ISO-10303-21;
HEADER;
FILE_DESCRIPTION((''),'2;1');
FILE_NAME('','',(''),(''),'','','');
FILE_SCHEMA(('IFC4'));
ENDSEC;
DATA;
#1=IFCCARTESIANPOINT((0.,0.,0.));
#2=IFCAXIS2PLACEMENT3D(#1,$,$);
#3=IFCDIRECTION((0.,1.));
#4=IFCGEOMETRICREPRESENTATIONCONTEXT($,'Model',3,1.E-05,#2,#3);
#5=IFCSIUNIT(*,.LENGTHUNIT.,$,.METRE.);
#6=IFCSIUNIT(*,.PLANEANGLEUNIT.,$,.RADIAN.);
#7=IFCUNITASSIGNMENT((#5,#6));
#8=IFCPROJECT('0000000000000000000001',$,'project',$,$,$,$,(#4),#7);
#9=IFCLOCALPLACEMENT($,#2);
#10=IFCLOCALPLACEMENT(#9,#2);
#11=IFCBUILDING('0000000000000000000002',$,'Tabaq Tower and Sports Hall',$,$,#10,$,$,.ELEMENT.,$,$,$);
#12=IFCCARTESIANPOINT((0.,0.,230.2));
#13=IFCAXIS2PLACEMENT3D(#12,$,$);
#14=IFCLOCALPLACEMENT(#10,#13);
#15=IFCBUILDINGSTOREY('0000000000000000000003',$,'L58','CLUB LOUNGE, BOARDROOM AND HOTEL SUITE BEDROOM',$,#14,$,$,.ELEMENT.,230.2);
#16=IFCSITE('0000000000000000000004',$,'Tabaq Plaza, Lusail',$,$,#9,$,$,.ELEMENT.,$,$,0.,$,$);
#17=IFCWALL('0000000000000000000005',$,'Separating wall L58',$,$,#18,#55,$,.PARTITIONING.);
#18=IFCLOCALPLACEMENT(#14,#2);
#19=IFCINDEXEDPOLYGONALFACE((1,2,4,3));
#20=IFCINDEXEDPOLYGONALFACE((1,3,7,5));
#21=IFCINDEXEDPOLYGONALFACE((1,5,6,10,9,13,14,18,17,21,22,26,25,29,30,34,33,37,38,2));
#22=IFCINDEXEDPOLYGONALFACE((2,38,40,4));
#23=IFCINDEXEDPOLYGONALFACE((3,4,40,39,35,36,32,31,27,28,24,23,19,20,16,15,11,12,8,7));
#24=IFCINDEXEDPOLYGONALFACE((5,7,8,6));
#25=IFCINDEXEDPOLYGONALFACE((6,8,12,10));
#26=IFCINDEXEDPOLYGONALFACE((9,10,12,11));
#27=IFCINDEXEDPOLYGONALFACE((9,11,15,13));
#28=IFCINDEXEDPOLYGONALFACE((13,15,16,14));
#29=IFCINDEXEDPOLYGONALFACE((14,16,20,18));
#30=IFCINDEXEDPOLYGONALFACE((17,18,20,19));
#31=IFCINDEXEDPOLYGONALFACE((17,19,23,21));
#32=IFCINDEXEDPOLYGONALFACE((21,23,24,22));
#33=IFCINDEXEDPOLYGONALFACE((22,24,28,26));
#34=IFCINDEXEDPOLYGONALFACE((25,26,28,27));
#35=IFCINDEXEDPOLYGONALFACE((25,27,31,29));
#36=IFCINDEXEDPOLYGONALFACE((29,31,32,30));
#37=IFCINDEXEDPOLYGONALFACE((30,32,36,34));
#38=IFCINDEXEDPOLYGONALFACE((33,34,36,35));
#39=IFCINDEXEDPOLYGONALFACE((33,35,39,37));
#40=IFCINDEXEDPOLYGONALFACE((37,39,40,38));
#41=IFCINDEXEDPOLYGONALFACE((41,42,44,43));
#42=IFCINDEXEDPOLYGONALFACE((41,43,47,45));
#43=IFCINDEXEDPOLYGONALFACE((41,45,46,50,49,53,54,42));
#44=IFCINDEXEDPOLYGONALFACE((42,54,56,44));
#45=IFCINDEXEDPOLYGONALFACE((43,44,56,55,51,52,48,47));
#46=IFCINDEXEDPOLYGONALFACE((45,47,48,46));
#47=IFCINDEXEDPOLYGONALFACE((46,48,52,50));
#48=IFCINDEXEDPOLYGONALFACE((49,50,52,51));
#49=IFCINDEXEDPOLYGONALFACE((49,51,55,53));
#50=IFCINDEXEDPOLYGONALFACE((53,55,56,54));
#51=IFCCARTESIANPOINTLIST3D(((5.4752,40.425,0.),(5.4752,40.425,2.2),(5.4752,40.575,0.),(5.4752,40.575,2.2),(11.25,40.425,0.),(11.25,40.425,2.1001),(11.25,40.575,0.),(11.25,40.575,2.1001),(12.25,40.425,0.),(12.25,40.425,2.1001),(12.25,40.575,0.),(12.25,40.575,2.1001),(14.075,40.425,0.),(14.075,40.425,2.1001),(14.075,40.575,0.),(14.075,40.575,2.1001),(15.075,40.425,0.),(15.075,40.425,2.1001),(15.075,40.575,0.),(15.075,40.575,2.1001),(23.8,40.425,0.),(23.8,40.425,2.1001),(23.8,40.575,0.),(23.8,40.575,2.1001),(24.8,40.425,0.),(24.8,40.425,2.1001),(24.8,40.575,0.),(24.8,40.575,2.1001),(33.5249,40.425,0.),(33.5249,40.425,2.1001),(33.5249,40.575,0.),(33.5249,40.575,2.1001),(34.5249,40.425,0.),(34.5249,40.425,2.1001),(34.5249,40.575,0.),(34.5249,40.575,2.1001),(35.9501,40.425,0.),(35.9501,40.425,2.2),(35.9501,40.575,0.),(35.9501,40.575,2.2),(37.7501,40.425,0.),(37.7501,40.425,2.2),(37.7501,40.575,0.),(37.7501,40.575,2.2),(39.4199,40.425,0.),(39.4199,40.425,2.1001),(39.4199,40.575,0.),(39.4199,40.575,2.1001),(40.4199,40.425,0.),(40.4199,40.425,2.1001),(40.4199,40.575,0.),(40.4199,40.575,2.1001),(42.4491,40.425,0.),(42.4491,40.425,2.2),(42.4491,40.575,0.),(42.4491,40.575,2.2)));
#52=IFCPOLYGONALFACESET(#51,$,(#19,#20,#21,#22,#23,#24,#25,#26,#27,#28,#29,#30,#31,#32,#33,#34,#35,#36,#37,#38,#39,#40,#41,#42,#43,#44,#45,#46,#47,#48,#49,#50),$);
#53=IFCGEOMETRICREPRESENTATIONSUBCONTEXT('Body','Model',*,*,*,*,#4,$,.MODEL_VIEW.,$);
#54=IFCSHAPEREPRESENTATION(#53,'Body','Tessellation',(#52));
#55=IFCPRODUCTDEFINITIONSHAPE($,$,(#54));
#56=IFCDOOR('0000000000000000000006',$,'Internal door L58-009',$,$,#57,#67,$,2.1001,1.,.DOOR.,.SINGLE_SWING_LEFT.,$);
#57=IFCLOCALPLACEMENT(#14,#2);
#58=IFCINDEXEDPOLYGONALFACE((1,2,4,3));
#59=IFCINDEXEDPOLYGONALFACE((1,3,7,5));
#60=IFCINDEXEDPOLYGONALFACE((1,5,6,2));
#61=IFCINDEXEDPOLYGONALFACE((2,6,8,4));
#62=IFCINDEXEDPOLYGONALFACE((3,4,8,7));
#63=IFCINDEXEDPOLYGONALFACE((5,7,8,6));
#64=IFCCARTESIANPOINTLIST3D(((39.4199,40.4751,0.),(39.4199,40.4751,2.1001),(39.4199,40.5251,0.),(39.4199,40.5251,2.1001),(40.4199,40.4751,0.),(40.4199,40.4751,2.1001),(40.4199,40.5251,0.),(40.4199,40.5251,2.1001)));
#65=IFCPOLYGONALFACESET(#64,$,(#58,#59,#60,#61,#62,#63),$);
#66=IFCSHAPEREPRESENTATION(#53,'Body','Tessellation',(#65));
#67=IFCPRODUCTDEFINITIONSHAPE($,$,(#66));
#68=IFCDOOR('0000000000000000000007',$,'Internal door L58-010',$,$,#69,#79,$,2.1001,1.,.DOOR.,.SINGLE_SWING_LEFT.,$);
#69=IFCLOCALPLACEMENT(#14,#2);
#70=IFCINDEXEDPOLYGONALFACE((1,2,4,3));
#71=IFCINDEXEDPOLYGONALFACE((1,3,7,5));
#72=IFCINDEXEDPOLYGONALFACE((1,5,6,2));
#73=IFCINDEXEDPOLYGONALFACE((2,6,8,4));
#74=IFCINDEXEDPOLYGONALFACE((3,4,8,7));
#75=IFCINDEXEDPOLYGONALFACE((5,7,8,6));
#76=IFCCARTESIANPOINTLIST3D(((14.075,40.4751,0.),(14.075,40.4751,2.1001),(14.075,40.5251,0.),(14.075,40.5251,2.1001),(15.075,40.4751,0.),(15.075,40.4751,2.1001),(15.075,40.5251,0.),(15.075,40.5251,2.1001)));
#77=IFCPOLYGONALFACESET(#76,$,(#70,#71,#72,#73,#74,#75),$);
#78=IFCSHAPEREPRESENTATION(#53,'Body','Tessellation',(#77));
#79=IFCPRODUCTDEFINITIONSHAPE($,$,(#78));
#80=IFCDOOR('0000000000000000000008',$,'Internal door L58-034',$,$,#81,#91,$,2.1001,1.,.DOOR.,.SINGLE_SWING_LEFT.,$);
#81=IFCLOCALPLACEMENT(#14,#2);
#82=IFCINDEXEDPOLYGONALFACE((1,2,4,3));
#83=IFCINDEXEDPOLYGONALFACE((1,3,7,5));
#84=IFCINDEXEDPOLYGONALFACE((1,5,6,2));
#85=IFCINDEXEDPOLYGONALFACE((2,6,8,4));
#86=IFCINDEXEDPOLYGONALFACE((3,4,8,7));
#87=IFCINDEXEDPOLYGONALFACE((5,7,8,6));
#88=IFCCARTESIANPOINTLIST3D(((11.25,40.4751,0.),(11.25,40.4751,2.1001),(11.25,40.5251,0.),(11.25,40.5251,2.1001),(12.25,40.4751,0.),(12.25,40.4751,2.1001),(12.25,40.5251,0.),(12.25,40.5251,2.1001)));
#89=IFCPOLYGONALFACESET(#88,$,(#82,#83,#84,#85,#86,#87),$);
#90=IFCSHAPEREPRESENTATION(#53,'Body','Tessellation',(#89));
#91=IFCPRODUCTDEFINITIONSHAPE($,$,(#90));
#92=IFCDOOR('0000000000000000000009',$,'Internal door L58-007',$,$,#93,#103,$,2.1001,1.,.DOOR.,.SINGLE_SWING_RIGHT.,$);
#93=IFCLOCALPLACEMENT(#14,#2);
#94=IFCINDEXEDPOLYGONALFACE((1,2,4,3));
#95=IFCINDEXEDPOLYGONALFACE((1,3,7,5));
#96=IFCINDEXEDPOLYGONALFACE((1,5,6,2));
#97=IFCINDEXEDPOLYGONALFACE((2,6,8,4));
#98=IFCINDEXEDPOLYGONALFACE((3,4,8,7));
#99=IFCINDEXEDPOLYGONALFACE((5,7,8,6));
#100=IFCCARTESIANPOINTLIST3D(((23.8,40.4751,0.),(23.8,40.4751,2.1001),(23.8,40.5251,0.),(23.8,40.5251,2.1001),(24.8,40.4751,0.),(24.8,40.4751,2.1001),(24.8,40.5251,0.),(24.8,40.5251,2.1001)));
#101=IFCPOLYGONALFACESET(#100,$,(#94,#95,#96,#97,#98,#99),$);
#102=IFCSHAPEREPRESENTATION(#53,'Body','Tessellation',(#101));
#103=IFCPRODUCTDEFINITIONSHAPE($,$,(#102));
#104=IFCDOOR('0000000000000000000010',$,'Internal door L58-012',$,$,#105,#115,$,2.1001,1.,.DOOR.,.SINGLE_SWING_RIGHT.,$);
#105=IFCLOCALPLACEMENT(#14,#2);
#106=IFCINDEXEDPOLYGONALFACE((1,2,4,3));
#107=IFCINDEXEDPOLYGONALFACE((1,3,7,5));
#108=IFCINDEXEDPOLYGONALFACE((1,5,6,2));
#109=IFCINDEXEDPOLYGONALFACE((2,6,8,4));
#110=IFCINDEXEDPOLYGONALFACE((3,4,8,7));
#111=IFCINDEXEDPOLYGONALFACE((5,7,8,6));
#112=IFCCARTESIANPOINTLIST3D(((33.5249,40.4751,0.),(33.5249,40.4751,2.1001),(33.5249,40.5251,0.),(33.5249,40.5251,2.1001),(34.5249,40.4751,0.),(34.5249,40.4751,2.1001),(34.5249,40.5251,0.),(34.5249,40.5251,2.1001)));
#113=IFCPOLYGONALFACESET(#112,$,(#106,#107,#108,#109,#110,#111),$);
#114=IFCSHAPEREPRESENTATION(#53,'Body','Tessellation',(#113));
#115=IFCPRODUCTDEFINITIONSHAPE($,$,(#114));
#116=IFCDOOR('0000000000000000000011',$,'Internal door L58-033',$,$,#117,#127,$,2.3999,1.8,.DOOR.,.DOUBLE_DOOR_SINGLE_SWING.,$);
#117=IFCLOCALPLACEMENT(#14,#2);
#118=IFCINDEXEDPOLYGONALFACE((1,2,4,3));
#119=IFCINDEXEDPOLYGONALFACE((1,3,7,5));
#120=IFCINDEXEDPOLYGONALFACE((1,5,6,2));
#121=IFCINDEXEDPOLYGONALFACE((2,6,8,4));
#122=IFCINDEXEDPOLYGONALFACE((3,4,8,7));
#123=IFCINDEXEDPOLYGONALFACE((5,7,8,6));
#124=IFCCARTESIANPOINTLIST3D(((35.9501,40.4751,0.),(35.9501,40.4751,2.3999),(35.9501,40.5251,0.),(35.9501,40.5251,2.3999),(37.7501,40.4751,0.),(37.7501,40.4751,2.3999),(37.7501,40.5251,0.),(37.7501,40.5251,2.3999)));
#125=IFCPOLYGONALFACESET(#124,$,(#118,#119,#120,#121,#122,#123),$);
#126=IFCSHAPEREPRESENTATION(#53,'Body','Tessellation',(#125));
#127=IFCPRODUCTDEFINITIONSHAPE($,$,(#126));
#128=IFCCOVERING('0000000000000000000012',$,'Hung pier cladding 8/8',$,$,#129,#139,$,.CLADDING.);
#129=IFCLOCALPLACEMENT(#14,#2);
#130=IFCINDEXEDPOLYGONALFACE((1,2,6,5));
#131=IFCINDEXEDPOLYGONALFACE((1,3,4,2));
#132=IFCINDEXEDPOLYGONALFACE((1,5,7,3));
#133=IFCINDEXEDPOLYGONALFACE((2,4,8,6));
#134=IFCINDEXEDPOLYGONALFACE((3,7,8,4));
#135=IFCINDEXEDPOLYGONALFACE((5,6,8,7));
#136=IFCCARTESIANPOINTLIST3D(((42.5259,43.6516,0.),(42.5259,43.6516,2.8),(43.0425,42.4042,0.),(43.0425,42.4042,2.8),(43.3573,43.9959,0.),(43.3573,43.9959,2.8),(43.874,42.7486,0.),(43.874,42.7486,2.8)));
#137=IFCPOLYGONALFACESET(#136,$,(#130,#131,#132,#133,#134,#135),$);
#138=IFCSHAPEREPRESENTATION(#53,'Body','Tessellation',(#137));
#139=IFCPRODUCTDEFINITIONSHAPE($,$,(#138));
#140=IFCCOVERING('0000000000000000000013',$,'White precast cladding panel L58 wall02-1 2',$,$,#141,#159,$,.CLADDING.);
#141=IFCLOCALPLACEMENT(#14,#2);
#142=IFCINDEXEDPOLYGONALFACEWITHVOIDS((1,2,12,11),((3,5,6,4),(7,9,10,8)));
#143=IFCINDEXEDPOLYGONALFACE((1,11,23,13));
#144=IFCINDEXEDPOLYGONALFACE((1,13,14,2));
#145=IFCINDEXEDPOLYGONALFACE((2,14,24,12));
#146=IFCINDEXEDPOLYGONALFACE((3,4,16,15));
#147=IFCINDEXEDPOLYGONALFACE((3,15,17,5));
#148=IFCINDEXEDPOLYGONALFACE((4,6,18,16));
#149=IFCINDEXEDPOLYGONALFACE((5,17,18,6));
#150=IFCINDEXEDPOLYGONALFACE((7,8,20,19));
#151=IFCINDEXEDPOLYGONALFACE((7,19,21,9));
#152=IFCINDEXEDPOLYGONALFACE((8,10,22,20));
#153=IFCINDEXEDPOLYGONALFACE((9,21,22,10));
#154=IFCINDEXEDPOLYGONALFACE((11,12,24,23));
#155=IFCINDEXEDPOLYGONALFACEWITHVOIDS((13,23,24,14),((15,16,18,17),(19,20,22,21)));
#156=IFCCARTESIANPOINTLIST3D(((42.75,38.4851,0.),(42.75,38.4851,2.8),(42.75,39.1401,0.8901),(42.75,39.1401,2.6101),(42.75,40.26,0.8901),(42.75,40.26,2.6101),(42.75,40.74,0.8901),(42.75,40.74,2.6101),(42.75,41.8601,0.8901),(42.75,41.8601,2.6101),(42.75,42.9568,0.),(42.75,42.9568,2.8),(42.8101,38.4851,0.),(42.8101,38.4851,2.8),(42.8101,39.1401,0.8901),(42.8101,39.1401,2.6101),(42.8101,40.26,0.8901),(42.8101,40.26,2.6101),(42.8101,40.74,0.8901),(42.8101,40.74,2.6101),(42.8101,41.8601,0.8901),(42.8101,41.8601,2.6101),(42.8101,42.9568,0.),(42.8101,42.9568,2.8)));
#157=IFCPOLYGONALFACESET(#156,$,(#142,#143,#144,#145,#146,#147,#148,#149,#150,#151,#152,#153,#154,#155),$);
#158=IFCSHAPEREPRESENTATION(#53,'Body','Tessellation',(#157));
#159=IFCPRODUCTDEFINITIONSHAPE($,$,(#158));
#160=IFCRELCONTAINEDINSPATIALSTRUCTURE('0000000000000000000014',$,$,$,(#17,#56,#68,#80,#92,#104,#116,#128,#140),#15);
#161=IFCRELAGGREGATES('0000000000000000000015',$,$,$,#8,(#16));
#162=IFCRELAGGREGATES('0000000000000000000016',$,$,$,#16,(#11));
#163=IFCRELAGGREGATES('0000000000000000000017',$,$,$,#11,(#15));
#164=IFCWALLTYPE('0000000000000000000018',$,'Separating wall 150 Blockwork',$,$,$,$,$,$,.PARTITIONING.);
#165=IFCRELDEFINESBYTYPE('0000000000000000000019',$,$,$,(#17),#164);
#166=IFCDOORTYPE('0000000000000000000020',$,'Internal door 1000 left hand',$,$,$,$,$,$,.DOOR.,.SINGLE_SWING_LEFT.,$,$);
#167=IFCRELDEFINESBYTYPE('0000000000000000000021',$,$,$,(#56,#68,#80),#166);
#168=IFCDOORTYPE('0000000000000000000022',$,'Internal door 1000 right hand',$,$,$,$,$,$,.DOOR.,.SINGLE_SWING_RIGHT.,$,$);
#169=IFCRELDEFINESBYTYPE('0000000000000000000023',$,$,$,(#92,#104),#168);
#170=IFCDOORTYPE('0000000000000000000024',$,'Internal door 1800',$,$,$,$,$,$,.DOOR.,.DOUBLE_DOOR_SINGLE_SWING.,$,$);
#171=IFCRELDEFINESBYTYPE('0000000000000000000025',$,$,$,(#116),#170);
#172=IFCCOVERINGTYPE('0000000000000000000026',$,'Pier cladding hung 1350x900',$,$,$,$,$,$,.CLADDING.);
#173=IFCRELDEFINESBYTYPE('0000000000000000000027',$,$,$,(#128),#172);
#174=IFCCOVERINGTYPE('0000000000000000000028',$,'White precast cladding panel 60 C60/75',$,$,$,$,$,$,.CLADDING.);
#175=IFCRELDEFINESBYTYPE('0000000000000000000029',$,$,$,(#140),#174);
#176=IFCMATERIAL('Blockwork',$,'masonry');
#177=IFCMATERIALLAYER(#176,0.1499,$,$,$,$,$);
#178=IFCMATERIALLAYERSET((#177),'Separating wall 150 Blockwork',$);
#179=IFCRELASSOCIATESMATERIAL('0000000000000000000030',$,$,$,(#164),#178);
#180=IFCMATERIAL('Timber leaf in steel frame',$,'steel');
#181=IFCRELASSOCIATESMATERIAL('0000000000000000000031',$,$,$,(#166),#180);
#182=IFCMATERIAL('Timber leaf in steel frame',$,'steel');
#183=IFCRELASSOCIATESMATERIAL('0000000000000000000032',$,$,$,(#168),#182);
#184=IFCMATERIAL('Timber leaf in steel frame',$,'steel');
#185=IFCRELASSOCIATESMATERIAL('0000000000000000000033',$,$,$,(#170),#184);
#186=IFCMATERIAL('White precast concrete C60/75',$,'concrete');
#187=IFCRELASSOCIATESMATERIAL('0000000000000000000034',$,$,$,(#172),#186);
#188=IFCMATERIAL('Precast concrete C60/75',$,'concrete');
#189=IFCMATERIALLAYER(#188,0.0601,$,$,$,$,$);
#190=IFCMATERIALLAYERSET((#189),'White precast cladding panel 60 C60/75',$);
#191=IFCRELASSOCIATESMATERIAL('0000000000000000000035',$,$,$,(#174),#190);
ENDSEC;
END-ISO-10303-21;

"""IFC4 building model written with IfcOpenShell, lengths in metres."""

from ifc_helpers import new_model, si_unit, direction, frame, frame_2d, origin, place, context, subcontext, project, spatial, polyline, rectangle, outline, extrude, material, layer, layer_set, type_object, element, fill, save


model = new_model("IFC4")

# Units and contexts
model_context = context("Model", 3, precision=1e-05, world=origin(), true_north=direction((0.0, 1.0)))
body_context = subcontext(model_context, "Body", "Model", "MODEL_VIEW")
ifc_project = project(units=[si_unit("LENGTHUNIT", "METRE"), si_unit("PLANEANGLEUNIT", "RADIAN")], contexts=[model_context])

# Site, building, storey
site_placement = place(None, origin())
site = spatial("IfcSite", under=ifc_project, at=site_placement, Name="Tabaq Plaza, Lusail", CompositionType="ELEMENT", RefElevation=0.0)
building_placement = place(site_placement, origin())
building = spatial("IfcBuilding", under=site, at=building_placement, Name="Tabaq Tower and Sports Hall", CompositionType="ELEMENT")
storey_placement = place(building_placement, frame((0.0, 0.0, 230.2)))
storey = spatial("IfcBuildingStorey", under=building, at=storey_placement, Name="L58", Description="CLUB LOUNGE, BOARDROOM AND HOTEL SUITE BEDROOM", CompositionType="ELEMENT", Elevation=230.2)

# Wall, openings, doors
ifc_material_1 = material(Name="Blockwork", Category="masonry")
ifc_layer_1 = layer(ifc_material_1, 0.1499)
ifc_layer_set_1 = layer_set([ifc_layer_1], Name="Separating wall 150 Blockwork")
wall_type_1 = type_object("IfcWallType", Name="Separating wall 150 Blockwork", PredefinedType="PARTITIONING", material=ifc_layer_set_1)
wall_1_placement = place(storey_placement, frame((42.449, 40.5, 0.0), z_axis=(0.0, 0.0, 1.0), x_axis=(-1.0, 0.0, 0.0)))
wall_1 = element("IfcWall", 1, at=wall_1_placement, inside=storey, type_object=wall_type_1, Name="Separating wall L58", PredefinedType="PARTITIONING", context=body_context, shape_type="SweptSolid", body=[
    extrude(rectangle(XDim=36.9739, YDim=0.1499, at=frame_2d((18.4868, 0.0))), origin(), (0.0, 0.0, 1.0), 2.2),
])
opening_1_placement = place(wall_1_placement, frame((17.6489, 0.0, 0.0)))
opening_1 = element("IfcOpeningElement", 2, at=opening_1_placement, cuts=wall_1, PredefinedType="OPENING", context=body_context, shape_type="SweptSolid", body=[
    extrude(rectangle(XDim=1.0, YDim=2.1001, at=frame_2d((0.5, 1.05))), frame((0.0, 0.075, 0.0), z_axis=(0.0, -1.0, 0.0), x_axis=(1.0, 0.0, 0.0)), (0.0, 0.0, 1.0), 0.1499),
])
opening_2_placement = place(wall_1_placement, frame((2.0291, 0.0, 0.0)))
opening_2 = element("IfcOpeningElement", 3, at=opening_2_placement, cuts=wall_1, PredefinedType="OPENING", context=body_context, shape_type="SweptSolid", body=[
    extrude(rectangle(XDim=1.0, YDim=2.1001, at=frame_2d((0.5, 1.05))), frame((0.0, 0.075, 0.0), z_axis=(0.0, -1.0, 0.0), x_axis=(1.0, 0.0, 0.0)), (0.0, 0.0, 1.0), 0.1499),
])
opening_3_placement = place(wall_1_placement, frame((27.374, 0.0, 0.0)))
opening_3 = element("IfcOpeningElement", 4, at=opening_3_placement, cuts=wall_1, PredefinedType="OPENING", context=body_context, shape_type="SweptSolid", body=[
    extrude(rectangle(XDim=1.0, YDim=2.1001, at=frame_2d((0.5, 1.05))), frame((0.0, 0.075, 0.0), z_axis=(0.0, -1.0, 0.0), x_axis=(1.0, 0.0, 0.0)), (0.0, 0.0, 1.0), 0.1499),
])
opening_4_placement = place(wall_1_placement, frame((7.9241, 0.0, 0.0)))
opening_4 = element("IfcOpeningElement", 5, at=opening_4_placement, cuts=wall_1, PredefinedType="OPENING", context=body_context, shape_type="SweptSolid", body=[
    extrude(rectangle(XDim=1.0, YDim=2.1001, at=frame_2d((0.5, 1.05))), frame((0.0, 0.075, 0.0), z_axis=(0.0, -1.0, 0.0), x_axis=(1.0, 0.0, 0.0)), (0.0, 0.0, 1.0), 0.1499),
])
opening_5_placement = place(wall_1_placement, frame((4.699, 0.0, 0.0)))
opening_5 = element("IfcOpeningElement", 6, at=opening_5_placement, cuts=wall_1, PredefinedType="OPENING", context=body_context, shape_type="SweptSolid", body=[
    extrude(rectangle(XDim=1.8, YDim=2.3999, at=frame_2d((0.8999, 1.2))), frame((0.0, 0.075, 0.0), z_axis=(0.0, -1.0, 0.0), x_axis=(1.0, 0.0, 0.0)), (0.0, 0.0, 1.0), 0.1499),
])
opening_6_placement = place(wall_1_placement, frame((30.199, 0.0, 0.0)))
opening_6 = element("IfcOpeningElement", 7, at=opening_6_placement, cuts=wall_1, PredefinedType="OPENING", context=body_context, shape_type="SweptSolid", body=[
    extrude(rectangle(XDim=1.0, YDim=2.1001, at=frame_2d((0.5, 1.05))), frame((0.0, 0.075, 0.0), z_axis=(0.0, -1.0, 0.0), x_axis=(1.0, 0.0, 0.0)), (0.0, 0.0, 1.0), 0.1499),
])
ifc_material_2 = material(Name="Timber leaf in steel frame", Category="steel")
door_type_1 = type_object("IfcDoorType", Name="Internal door 1000 left hand", OperationType="SINGLE_SWING_LEFT", PredefinedType="DOOR", material=ifc_material_2)
door_1_placement = place(opening_2_placement, origin())
door_1 = element("IfcDoor", 8, at=door_1_placement, inside=storey, type_object=door_type_1, Name="Internal door L58-009", OperationType="SINGLE_SWING_LEFT", OverallHeight=2.1001, OverallWidth=1.0, PredefinedType="DOOR", context=body_context, shape_type="SweptSolid", body=[
    extrude(rectangle(XDim=1.0, YDim=2.1001, at=frame_2d((0.5, 1.05))), frame((0.0, 0.0249, 0.0), z_axis=(0.0, -1.0, 0.0), x_axis=(1.0, 0.0, 0.0)), (0.0, 0.0, 1.0), 0.05),
])
fill(opening_2, door_1)
door_2_placement = place(opening_3_placement, origin())
door_2 = element("IfcDoor", 9, at=door_2_placement, inside=storey, type_object=door_type_1, Name="Internal door L58-010", OperationType="SINGLE_SWING_LEFT", OverallHeight=2.1001, OverallWidth=1.0, PredefinedType="DOOR", context=body_context, shape_type="SweptSolid", body=[
    extrude(rectangle(XDim=1.0, YDim=2.1001, at=frame_2d((0.5, 1.05))), frame((0.0, 0.0249, 0.0), z_axis=(0.0, -1.0, 0.0), x_axis=(1.0, 0.0, 0.0)), (0.0, 0.0, 1.0), 0.05),
])
fill(opening_3, door_2)
door_3_placement = place(opening_6_placement, origin())
door_3 = element("IfcDoor", 10, at=door_3_placement, inside=storey, type_object=door_type_1, Name="Internal door L58-034", OperationType="SINGLE_SWING_LEFT", OverallHeight=2.1001, OverallWidth=1.0, PredefinedType="DOOR", context=body_context, shape_type="SweptSolid", body=[
    extrude(rectangle(XDim=1.0, YDim=2.1001, at=frame_2d((0.5, 1.05))), frame((0.0, 0.0249, 0.0), z_axis=(0.0, -1.0, 0.0), x_axis=(1.0, 0.0, 0.0)), (0.0, 0.0, 1.0), 0.05),
])
fill(opening_6, door_3)
ifc_material_3 = material(Name="Timber leaf in steel frame", Category="steel")
door_type_2 = type_object("IfcDoorType", Name="Internal door 1000 right hand", OperationType="SINGLE_SWING_RIGHT", PredefinedType="DOOR", material=ifc_material_3)
door_4_placement = place(opening_1_placement, origin())
door_4 = element("IfcDoor", 11, at=door_4_placement, inside=storey, type_object=door_type_2, Name="Internal door L58-007", OperationType="SINGLE_SWING_RIGHT", OverallHeight=2.1001, OverallWidth=1.0, PredefinedType="DOOR", context=body_context, shape_type="SweptSolid", body=[
    extrude(rectangle(XDim=1.0, YDim=2.1001, at=frame_2d((0.5, 1.05))), frame((0.0, 0.0249, 0.0), z_axis=(0.0, -1.0, 0.0), x_axis=(1.0, 0.0, 0.0)), (0.0, 0.0, 1.0), 0.05),
])
fill(opening_1, door_4)
door_5_placement = place(opening_4_placement, origin())
door_5 = element("IfcDoor", 12, at=door_5_placement, inside=storey, type_object=door_type_2, Name="Internal door L58-012", OperationType="SINGLE_SWING_RIGHT", OverallHeight=2.1001, OverallWidth=1.0, PredefinedType="DOOR", context=body_context, shape_type="SweptSolid", body=[
    extrude(rectangle(XDim=1.0, YDim=2.1001, at=frame_2d((0.5, 1.05))), frame((0.0, 0.0249, 0.0), z_axis=(0.0, -1.0, 0.0), x_axis=(1.0, 0.0, 0.0)), (0.0, 0.0, 1.0), 0.05),
])
fill(opening_4, door_5)
ifc_material_4 = material(Name="Timber leaf in steel frame", Category="steel")
door_type_3 = type_object("IfcDoorType", Name="Internal door 1800", OperationType="DOUBLE_DOOR_SINGLE_SWING", PredefinedType="DOOR", material=ifc_material_4)
door_6_placement = place(opening_5_placement, origin())
door_6 = element("IfcDoor", 13, at=door_6_placement, inside=storey, type_object=door_type_3, Name="Internal door L58-033", OperationType="DOUBLE_DOOR_SINGLE_SWING", OverallHeight=2.3999, OverallWidth=1.8, PredefinedType="DOOR", context=body_context, shape_type="SweptSolid", body=[
    extrude(rectangle(XDim=1.8, YDim=2.3999, at=frame_2d((0.8999, 1.2))), frame((0.0, 0.0249, 0.0), z_axis=(0.0, -1.0, 0.0), x_axis=(1.0, 0.0, 0.0)), (0.0, 0.0, 1.0), 0.05),
])
fill(opening_5, door_6)

# Coverings
ifc_material_5 = material(Name="White precast concrete C60/75", Category="concrete")
covering_type_1 = type_object("IfcCoveringType", Name="Pier cladding hung 1350x900", PredefinedType="CLADDING", material=ifc_material_5)
covering_1_placement = place(storey_placement, frame((43.4583, 42.5764, 0.0), z_axis=(0.0, 0.0, 1.0), x_axis=(-0.38265, 0.923893, 0.0)))
element("IfcCovering", 14, at=covering_1_placement, inside=storey, type_object=covering_type_1, Name="Hung pier cladding 8/8", PredefinedType="CLADDING", context=body_context, shape_type="SweptSolid", body=[
    extrude(rectangle(XDim=1.3501, YDim=0.8999, at=frame_2d((0.675, 0.0))), origin(), (0.0, 0.0, 1.0), 2.8),
])
ifc_material_6 = material(Name="Precast concrete C60/75", Category="concrete")
ifc_layer_2 = layer(ifc_material_6, 0.0601)
ifc_layer_set_2 = layer_set([ifc_layer_2], Name="White precast cladding panel 60 C60/75")
covering_type_2 = type_object("IfcCoveringType", Name="White precast cladding panel 60 C60/75", PredefinedType="CLADDING", material=ifc_layer_set_2)
covering_2_placement = place(storey_placement, frame((42.78, 38.4851, 0.0), z_axis=(0.0, 0.0, 1.0), x_axis=(0.0, 1.0, 0.0)))
element("IfcCovering", 15, at=covering_2_placement, inside=storey, type_object=covering_type_2, Name="White precast cladding panel L58 wall02-1 2", PredefinedType="CLADDING", context=body_context, shape_type="SweptSolid", body=[
    extrude(outline(polyline([(0.0, 0.0), (4.4717, 0.0), (4.4717, 2.8), (0.0, 2.8), (0.0, 0.0)]), holes=[polyline([(0.655, 2.6101), (1.7749, 2.6101), (1.7749, 0.8901), (0.655, 0.8901), (0.655, 2.6101)]), polyline([(2.2549, 2.6101), (3.375, 2.6101), (3.375, 0.8901), (2.2549, 0.8901), (2.2549, 2.6101)])]), frame((0.0, 0.03, 0.0), z_axis=(0.0, -1.0, 0.0), x_axis=(1.0, 0.0, 0.0)), (0.0, 0.0, 1.0), 0.0601),
])

save(model, "model.ifc")
